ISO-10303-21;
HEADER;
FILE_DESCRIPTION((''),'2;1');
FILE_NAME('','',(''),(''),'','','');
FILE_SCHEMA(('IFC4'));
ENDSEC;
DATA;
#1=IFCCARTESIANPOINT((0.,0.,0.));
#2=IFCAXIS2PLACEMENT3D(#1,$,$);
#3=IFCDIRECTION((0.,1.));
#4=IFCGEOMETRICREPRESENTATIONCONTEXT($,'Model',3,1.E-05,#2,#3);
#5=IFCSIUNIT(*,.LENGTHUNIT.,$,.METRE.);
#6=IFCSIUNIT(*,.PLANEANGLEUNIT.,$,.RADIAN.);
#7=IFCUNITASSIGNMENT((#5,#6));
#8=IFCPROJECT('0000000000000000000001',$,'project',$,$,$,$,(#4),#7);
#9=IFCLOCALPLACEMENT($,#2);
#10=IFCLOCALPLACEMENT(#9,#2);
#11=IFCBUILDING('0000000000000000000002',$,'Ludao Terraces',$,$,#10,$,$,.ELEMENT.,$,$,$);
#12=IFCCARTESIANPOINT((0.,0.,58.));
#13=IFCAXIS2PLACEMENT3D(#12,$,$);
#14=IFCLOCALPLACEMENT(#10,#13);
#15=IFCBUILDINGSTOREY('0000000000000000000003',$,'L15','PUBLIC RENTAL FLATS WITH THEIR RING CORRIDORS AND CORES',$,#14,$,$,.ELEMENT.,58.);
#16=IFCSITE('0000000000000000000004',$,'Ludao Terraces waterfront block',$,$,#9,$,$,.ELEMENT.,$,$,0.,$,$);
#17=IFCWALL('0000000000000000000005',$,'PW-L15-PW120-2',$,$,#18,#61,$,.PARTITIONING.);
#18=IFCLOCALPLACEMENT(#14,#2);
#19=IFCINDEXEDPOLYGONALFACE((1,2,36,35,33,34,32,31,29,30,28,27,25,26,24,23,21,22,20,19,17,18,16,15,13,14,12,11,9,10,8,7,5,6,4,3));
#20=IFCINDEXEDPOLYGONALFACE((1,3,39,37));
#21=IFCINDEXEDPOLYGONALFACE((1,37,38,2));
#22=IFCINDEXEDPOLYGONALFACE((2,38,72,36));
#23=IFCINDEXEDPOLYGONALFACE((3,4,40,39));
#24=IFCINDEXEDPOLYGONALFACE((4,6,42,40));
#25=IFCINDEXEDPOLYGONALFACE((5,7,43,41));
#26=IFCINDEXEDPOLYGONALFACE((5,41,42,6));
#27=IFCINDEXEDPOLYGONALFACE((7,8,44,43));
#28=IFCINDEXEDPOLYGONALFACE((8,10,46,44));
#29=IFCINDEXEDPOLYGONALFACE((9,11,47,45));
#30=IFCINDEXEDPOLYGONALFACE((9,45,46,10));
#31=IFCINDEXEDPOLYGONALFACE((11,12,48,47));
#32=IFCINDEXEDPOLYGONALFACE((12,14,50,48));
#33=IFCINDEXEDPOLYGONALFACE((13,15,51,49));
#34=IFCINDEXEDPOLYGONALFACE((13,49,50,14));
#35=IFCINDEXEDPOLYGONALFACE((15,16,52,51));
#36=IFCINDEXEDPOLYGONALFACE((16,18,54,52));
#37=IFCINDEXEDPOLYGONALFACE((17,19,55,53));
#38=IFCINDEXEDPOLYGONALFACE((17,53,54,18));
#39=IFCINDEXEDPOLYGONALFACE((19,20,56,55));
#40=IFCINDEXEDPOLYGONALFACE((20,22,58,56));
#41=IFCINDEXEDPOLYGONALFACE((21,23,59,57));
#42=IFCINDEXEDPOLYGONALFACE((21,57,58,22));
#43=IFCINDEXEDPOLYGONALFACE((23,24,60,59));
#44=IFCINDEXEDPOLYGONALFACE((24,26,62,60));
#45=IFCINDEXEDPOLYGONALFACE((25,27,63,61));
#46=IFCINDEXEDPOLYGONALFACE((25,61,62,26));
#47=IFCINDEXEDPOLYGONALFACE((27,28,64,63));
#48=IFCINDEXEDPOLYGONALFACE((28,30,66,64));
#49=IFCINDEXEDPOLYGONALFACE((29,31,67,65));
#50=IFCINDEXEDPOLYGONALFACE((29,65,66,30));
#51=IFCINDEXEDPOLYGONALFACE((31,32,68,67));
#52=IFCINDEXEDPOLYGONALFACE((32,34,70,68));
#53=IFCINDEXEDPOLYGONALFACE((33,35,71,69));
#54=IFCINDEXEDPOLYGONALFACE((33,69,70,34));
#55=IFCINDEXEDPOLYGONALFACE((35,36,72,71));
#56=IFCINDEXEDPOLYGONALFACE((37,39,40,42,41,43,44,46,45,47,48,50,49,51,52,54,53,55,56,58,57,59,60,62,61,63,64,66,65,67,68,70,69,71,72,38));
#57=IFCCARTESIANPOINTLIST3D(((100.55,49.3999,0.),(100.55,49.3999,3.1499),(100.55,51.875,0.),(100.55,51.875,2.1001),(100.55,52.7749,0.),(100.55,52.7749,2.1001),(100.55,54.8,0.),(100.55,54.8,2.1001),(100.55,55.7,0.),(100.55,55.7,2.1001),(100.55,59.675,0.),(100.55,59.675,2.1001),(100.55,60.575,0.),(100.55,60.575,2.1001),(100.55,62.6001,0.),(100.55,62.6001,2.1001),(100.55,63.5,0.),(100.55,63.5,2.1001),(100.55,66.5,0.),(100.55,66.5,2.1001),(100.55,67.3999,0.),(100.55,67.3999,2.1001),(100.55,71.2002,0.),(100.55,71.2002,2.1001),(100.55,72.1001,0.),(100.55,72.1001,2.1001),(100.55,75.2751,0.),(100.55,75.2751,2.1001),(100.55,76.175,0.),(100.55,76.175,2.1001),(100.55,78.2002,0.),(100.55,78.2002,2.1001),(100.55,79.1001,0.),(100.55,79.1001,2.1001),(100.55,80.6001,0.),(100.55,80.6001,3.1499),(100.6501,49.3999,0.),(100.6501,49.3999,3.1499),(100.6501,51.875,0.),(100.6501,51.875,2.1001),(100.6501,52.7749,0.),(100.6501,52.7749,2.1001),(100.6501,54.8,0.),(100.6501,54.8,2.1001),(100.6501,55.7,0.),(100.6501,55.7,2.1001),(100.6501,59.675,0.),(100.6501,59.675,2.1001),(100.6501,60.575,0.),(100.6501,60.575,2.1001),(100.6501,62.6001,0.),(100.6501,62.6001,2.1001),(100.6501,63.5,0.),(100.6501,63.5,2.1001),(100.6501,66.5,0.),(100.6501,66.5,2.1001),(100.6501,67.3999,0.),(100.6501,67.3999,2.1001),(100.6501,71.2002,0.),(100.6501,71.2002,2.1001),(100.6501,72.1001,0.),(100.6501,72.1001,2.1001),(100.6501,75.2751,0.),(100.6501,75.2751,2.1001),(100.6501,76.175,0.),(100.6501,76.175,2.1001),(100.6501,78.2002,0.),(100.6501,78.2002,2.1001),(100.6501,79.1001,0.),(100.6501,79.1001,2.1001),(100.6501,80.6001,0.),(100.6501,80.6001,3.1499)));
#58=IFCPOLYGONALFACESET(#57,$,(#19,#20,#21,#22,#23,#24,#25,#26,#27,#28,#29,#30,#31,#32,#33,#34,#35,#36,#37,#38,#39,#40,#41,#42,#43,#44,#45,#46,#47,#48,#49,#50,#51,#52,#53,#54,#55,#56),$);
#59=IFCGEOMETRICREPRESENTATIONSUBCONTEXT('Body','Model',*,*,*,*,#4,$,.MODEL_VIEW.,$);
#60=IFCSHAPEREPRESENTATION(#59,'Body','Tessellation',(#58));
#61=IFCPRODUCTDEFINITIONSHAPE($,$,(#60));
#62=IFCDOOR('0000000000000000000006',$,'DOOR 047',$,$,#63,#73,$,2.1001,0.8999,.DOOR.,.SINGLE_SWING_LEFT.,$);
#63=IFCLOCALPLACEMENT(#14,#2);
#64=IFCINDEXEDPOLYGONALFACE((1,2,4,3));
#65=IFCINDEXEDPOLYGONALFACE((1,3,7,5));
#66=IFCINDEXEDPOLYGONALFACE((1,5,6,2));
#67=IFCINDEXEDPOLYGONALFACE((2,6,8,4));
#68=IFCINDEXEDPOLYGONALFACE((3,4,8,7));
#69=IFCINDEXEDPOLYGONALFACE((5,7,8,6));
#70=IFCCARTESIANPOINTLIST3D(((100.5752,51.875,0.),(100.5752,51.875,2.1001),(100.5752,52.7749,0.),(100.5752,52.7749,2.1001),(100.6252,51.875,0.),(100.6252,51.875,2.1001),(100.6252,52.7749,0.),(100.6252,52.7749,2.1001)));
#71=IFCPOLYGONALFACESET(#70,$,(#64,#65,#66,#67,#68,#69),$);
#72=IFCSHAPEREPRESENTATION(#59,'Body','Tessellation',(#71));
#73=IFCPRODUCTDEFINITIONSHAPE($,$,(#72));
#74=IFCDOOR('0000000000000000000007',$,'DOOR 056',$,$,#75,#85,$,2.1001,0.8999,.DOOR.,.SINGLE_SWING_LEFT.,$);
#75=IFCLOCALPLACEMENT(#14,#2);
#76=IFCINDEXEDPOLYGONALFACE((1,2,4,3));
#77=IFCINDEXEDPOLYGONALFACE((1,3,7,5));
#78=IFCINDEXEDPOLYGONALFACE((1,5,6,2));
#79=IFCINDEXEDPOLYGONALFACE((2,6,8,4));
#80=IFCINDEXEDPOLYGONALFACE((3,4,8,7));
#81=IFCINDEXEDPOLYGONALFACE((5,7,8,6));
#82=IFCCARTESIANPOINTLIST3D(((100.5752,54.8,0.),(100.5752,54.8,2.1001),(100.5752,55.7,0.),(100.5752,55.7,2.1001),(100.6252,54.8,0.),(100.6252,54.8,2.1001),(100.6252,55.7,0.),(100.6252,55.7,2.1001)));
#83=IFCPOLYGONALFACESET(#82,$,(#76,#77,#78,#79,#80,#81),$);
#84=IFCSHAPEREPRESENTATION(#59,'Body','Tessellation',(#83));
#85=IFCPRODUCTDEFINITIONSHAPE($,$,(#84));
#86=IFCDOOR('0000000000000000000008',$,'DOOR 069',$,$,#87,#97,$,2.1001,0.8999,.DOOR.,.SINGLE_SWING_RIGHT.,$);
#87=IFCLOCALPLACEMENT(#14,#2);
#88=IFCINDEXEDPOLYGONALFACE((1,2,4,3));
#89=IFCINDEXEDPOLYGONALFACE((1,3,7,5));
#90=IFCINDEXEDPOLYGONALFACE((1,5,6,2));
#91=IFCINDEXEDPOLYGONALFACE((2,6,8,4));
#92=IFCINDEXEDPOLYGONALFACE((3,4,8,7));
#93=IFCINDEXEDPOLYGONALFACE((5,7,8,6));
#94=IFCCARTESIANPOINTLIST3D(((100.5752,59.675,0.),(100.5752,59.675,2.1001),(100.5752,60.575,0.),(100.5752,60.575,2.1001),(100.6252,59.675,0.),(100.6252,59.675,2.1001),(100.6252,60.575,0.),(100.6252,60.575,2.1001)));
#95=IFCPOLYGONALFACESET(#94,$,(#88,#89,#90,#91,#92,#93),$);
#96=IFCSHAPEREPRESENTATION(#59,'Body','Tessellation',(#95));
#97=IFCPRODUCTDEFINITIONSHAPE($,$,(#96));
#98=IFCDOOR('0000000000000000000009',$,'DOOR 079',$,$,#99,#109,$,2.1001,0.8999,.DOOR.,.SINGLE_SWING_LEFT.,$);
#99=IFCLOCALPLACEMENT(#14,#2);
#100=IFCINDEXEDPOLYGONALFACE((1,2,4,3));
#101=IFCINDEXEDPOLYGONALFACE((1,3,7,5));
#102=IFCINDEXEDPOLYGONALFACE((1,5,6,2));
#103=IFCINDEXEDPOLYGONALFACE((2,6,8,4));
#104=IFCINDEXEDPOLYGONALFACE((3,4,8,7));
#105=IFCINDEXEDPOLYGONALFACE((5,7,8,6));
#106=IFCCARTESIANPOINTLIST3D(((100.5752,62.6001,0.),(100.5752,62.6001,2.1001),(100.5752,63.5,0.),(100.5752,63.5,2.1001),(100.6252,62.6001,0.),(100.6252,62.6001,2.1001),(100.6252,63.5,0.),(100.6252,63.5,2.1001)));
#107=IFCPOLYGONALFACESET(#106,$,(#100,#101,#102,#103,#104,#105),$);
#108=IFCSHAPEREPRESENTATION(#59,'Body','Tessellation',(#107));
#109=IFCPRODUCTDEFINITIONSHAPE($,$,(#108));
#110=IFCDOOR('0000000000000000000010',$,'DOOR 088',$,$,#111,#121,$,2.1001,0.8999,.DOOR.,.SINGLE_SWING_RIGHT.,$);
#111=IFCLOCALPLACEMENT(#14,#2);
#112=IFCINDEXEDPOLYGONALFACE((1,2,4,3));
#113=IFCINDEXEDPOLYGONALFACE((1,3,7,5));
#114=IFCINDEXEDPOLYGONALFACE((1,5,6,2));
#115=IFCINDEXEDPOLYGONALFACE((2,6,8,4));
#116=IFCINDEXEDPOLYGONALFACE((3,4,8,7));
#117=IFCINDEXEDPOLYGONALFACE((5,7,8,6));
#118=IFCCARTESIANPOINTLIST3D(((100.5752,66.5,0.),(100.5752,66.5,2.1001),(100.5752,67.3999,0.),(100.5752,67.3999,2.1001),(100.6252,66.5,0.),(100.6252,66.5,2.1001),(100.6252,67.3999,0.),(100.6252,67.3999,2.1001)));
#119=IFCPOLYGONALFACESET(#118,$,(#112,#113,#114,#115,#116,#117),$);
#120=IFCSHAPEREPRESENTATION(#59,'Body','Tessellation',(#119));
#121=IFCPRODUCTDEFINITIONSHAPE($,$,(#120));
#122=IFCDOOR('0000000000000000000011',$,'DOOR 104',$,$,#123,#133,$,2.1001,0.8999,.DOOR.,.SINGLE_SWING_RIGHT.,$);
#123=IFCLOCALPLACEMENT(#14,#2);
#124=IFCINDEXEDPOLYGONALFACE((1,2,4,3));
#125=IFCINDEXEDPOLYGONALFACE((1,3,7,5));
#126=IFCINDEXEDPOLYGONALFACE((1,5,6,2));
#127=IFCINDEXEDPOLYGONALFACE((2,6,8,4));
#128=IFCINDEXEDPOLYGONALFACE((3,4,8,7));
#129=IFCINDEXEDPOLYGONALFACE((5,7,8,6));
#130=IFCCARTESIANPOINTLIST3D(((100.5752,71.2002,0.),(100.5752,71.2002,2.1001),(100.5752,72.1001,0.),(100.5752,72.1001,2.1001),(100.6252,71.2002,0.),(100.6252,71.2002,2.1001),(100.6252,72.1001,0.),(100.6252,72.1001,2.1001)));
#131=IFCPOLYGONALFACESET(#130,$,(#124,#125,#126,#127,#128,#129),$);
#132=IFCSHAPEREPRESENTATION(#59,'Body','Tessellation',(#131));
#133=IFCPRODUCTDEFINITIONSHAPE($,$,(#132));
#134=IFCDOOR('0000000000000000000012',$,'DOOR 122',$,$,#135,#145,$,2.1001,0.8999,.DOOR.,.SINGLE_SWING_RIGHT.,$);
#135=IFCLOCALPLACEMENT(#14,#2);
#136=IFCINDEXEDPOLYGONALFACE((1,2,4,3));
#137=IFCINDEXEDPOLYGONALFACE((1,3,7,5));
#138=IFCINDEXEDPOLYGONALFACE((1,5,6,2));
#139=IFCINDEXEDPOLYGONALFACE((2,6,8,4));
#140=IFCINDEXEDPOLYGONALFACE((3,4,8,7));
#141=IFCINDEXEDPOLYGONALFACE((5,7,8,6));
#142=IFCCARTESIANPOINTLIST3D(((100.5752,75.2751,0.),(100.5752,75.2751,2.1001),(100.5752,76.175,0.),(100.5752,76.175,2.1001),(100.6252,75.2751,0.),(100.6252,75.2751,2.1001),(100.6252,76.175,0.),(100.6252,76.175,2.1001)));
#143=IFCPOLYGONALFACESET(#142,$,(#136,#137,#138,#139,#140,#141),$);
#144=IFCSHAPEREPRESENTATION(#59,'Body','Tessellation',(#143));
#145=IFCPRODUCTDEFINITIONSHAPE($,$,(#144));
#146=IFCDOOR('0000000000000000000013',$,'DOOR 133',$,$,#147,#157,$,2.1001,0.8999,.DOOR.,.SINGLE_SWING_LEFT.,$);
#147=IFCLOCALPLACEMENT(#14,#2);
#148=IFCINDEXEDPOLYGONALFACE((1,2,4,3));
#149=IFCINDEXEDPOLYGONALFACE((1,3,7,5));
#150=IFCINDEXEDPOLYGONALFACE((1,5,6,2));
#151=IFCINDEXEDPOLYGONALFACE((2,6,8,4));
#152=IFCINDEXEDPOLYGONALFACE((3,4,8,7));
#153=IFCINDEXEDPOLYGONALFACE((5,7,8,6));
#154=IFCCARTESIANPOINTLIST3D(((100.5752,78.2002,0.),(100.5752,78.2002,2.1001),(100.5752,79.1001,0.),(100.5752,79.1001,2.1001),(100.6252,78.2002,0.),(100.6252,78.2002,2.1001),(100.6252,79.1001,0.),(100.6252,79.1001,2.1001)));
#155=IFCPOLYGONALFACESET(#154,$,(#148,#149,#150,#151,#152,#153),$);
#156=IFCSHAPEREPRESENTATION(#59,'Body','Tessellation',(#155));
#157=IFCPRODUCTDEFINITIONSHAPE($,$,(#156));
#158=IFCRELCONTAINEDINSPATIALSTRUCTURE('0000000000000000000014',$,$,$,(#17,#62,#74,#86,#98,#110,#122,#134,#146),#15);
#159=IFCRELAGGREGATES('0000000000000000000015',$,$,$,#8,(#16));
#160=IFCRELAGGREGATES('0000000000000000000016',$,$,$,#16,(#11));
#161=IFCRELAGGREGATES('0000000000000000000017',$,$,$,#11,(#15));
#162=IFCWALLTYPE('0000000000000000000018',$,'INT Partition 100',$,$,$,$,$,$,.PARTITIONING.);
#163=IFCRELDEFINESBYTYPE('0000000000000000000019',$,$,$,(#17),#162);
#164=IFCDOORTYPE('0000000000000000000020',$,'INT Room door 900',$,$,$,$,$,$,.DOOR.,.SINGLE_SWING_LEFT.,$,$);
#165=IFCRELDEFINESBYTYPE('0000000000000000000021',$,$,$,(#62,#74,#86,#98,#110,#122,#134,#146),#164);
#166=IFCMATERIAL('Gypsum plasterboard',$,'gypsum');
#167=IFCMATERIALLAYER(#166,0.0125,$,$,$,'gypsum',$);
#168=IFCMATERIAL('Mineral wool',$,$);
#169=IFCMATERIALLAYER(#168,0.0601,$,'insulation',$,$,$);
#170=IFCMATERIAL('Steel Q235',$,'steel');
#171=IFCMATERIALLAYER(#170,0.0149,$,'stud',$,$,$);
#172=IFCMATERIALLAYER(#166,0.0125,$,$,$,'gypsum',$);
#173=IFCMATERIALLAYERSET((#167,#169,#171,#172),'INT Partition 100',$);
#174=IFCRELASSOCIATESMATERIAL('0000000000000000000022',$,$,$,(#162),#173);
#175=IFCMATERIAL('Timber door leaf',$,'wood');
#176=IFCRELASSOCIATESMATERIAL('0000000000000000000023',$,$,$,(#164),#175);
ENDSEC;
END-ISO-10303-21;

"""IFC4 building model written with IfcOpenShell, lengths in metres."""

from ifc_helpers import new_model, si_unit, direction, frame, frame_2d, origin, place, context, subcontext, project, spatial, rectangle, extrude, material, layer, layer_set, type_object, element, fill, save


model = new_model("IFC4")

# Units and contexts
model_context = context("Model", 3, precision=1e-05, world=origin(), true_north=direction((0.0, 1.0)))
body_context = subcontext(model_context, "Body", "Model", "MODEL_VIEW")
ifc_project = project(units=[si_unit("LENGTHUNIT", "METRE"), si_unit("PLANEANGLEUNIT", "RADIAN")], contexts=[model_context])

# Site, building, storey
site_placement = place(None, origin())
site = spatial("IfcSite", under=ifc_project, at=site_placement, Name="Ludao Terraces waterfront block", CompositionType="ELEMENT", RefElevation=0.0)
building_placement = place(site_placement, origin())
building = spatial("IfcBuilding", under=site, at=building_placement, Name="Ludao Terraces", CompositionType="ELEMENT")
storey_placement = place(building_placement, frame((0.0, 0.0, 58.0)))
storey = spatial("IfcBuildingStorey", under=building, at=storey_placement, Name="L15", Description="PUBLIC RENTAL FLATS WITH THEIR RING CORRIDORS AND CORES", CompositionType="ELEMENT", Elevation=58.0)

# Wall, openings, doors
ifc_material_1 = material(Name="Gypsum plasterboard", Category="gypsum")
ifc_layer_1 = layer(ifc_material_1, 0.0125, Category="gypsum")
ifc_material_2 = material(Name="Mineral wool")
ifc_layer_2 = layer(ifc_material_2, 0.0601, Name="insulation")
ifc_material_3 = material(Name="Steel Q235", Category="steel")
ifc_layer_3 = layer(ifc_material_3, 0.0149, Name="stud")
ifc_layer_4 = layer(ifc_material_1, 0.0125, Category="gypsum")
ifc_layer_set = layer_set([ifc_layer_1, ifc_layer_2, ifc_layer_3, ifc_layer_4], Name="INT Partition 100")
wall_type = type_object("IfcWallType", Name="INT Partition 100", PredefinedType="PARTITIONING", material=ifc_layer_set)
wall_placement = place(storey_placement, frame((100.6001, 49.3999, 0.0), z_axis=(0.0, 0.0, 1.0), x_axis=(0.0, 1.0, 0.0)))
wall = element("IfcWall", 1, at=wall_placement, inside=storey, type_object=wall_type, Name="PW-L15-PW120-2", PredefinedType="PARTITIONING", context=body_context, shape_type="SweptSolid", body=[
    extrude(rectangle(XDim=31.2002, YDim=0.1001, at=frame_2d((15.6001, 0.0))), origin(), (0.0, 0.0, 1.0), 3.1499),
])
opening_1_placement = place(wall_placement, frame((2.4751, 0.0, 0.0)))
opening_1 = element("IfcOpeningElement", 2, at=opening_1_placement, cuts=wall, PredefinedType="OPENING", context=body_context, shape_type="SweptSolid", body=[
    extrude(rectangle(XDim=0.8999, YDim=2.1001, at=frame_2d((0.45, 1.05))), frame((0.0, 0.0601, 0.0), z_axis=(0.0, -1.0, 0.0), x_axis=(1.0, 0.0, 0.0)), (0.0, 0.0, 1.0), 0.1201),
])
opening_2_placement = place(wall_placement, frame((5.4001, 0.0, 0.0)))
opening_2 = element("IfcOpeningElement", 3, at=opening_2_placement, cuts=wall, PredefinedType="OPENING", context=body_context, shape_type="SweptSolid", body=[
    extrude(rectangle(XDim=0.8999, YDim=2.1001, at=frame_2d((0.45, 1.05))), frame((0.0, 0.0601, 0.0), z_axis=(0.0, -1.0, 0.0), x_axis=(1.0, 0.0, 0.0)), (0.0, 0.0, 1.0), 0.1201),
])
opening_3_placement = place(wall_placement, frame((10.2751, 0.0, 0.0)))
opening_3 = element("IfcOpeningElement", 4, at=opening_3_placement, cuts=wall, PredefinedType="OPENING", context=body_context, shape_type="SweptSolid", body=[
    extrude(rectangle(XDim=0.8999, YDim=2.1001, at=frame_2d((0.45, 1.05))), frame((0.0, 0.0601, 0.0), z_axis=(0.0, -1.0, 0.0), x_axis=(1.0, 0.0, 0.0)), (0.0, 0.0, 1.0), 0.1201),
])
opening_4_placement = place(wall_placement, frame((13.2002, 0.0, 0.0)))
opening_4 = element("IfcOpeningElement", 5, at=opening_4_placement, cuts=wall, PredefinedType="OPENING", context=body_context, shape_type="SweptSolid", body=[
    extrude(rectangle(XDim=0.8999, YDim=2.1001, at=frame_2d((0.45, 1.05))), frame((0.0, 0.0601, 0.0), z_axis=(0.0, -1.0, 0.0), x_axis=(1.0, 0.0, 0.0)), (0.0, 0.0, 1.0), 0.1201),
])
opening_5_placement = place(wall_placement, frame((17.1001, 0.0, 0.0)))
opening_5 = element("IfcOpeningElement", 6, at=opening_5_placement, cuts=wall, PredefinedType="OPENING", context=body_context, shape_type="SweptSolid", body=[
    extrude(rectangle(XDim=0.8999, YDim=2.1001, at=frame_2d((0.45, 1.05))), frame((0.0, 0.0601, 0.0), z_axis=(0.0, -1.0, 0.0), x_axis=(1.0, 0.0, 0.0)), (0.0, 0.0, 1.0), 0.1201),
])
opening_6_placement = place(wall_placement, frame((21.8003, 0.0, 0.0)))
opening_6 = element("IfcOpeningElement", 7, at=opening_6_placement, cuts=wall, PredefinedType="OPENING", context=body_context, shape_type="SweptSolid", body=[
    extrude(rectangle(XDim=0.8999, YDim=2.1001, at=frame_2d((0.45, 1.05))), frame((0.0, 0.0601, 0.0), z_axis=(0.0, -1.0, 0.0), x_axis=(1.0, 0.0, 0.0)), (0.0, 0.0, 1.0), 0.1201),
])
opening_7_placement = place(wall_placement, frame((25.8752, 0.0, 0.0)))
opening_7 = element("IfcOpeningElement", 8, at=opening_7_placement, cuts=wall, PredefinedType="OPENING", context=body_context, shape_type="SweptSolid", body=[
    extrude(rectangle(XDim=0.8999, YDim=2.1001, at=frame_2d((0.45, 1.05))), frame((0.0, 0.0601, 0.0), z_axis=(0.0, -1.0, 0.0), x_axis=(1.0, 0.0, 0.0)), (0.0, 0.0, 1.0), 0.1201),
])
opening_8_placement = place(wall_placement, frame((28.8003, 0.0, 0.0)))
opening_8 = element("IfcOpeningElement", 9, at=opening_8_placement, cuts=wall, PredefinedType="OPENING", context=body_context, shape_type="SweptSolid", body=[
    extrude(rectangle(XDim=0.8999, YDim=2.1001, at=frame_2d((0.45, 1.05))), frame((0.0, 0.0601, 0.0), z_axis=(0.0, -1.0, 0.0), x_axis=(1.0, 0.0, 0.0)), (0.0, 0.0, 1.0), 0.1201),
])
ifc_material_4 = material(Name="Timber door leaf", Category="wood")
door_type = type_object("IfcDoorType", Name="INT Room door 900", OperationType="SINGLE_SWING_LEFT", PredefinedType="DOOR", material=ifc_material_4)
door_1_placement = place(opening_1_placement, origin())
door_1 = element("IfcDoor", 10, at=door_1_placement, inside=storey, type_object=door_type, Name="DOOR 047", OperationType="SINGLE_SWING_LEFT", OverallHeight=2.1001, OverallWidth=0.8999, PredefinedType="DOOR", context=body_context, shape_type="SweptSolid", body=[
    extrude(rectangle(XDim=0.8999, YDim=2.1001, at=frame_2d((0.45, 1.05))), frame((0.0, 0.0249, 0.0), z_axis=(0.0, -1.0, 0.0), x_axis=(1.0, 0.0, 0.0)), (0.0, 0.0, 1.0), 0.05),
])
fill(opening_1, door_1)
door_2_placement = place(opening_2_placement, origin())
door_2 = element("IfcDoor", 11, at=door_2_placement, inside=storey, type_object=door_type, Name="DOOR 056", OperationType="SINGLE_SWING_LEFT", OverallHeight=2.1001, OverallWidth=0.8999, PredefinedType="DOOR", context=body_context, shape_type="SweptSolid", body=[
    extrude(rectangle(XDim=0.8999, YDim=2.1001, at=frame_2d((0.45, 1.05))), frame((0.0, 0.0249, 0.0), z_axis=(0.0, -1.0, 0.0), x_axis=(1.0, 0.0, 0.0)), (0.0, 0.0, 1.0), 0.05),
])
fill(opening_2, door_2)
door_3_placement = place(opening_3_placement, origin())
door_3 = element("IfcDoor", 12, at=door_3_placement, inside=storey, type_object=door_type, Name="DOOR 069", OperationType="SINGLE_SWING_RIGHT", OverallHeight=2.1001, OverallWidth=0.8999, PredefinedType="DOOR", context=body_context, shape_type="SweptSolid", body=[
    extrude(rectangle(XDim=0.8999, YDim=2.1001, at=frame_2d((0.45, 1.05))), frame((0.0, 0.0249, 0.0), z_axis=(0.0, -1.0, 0.0), x_axis=(1.0, 0.0, 0.0)), (0.0, 0.0, 1.0), 0.05),
])
fill(opening_3, door_3)
door_4_placement = place(opening_4_placement, origin())
door_4 = element("IfcDoor", 13, at=door_4_placement, inside=storey, type_object=door_type, Name="DOOR 079", OperationType="SINGLE_SWING_LEFT", OverallHeight=2.1001, OverallWidth=0.8999, PredefinedType="DOOR", context=body_context, shape_type="SweptSolid", body=[
    extrude(rectangle(XDim=0.8999, YDim=2.1001, at=frame_2d((0.45, 1.05))), frame((0.0, 0.0249, 0.0), z_axis=(0.0, -1.0, 0.0), x_axis=(1.0, 0.0, 0.0)), (0.0, 0.0, 1.0), 0.05),
])
fill(opening_4, door_4)
door_5_placement = place(opening_5_placement, origin())
door_5 = element("IfcDoor", 14, at=door_5_placement, inside=storey, type_object=door_type, Name="DOOR 088", OperationType="SINGLE_SWING_RIGHT", OverallHeight=2.1001, OverallWidth=0.8999, PredefinedType="DOOR", context=body_context, shape_type="SweptSolid", body=[
    extrude(rectangle(XDim=0.8999, YDim=2.1001, at=frame_2d((0.45, 1.05))), frame((0.0, 0.0249, 0.0), z_axis=(0.0, -1.0, 0.0), x_axis=(1.0, 0.0, 0.0)), (0.0, 0.0, 1.0), 0.05),
])
fill(opening_5, door_5)
door_6_placement = place(opening_6_placement, origin())
door_6 = element("IfcDoor", 15, at=door_6_placement, inside=storey, type_object=door_type, Name="DOOR 104", OperationType="SINGLE_SWING_RIGHT", OverallHeight=2.1001, OverallWidth=0.8999, PredefinedType="DOOR", context=body_context, shape_type="SweptSolid", body=[
    extrude(rectangle(XDim=0.8999, YDim=2.1001, at=frame_2d((0.45, 1.05))), frame((0.0, 0.0249, 0.0), z_axis=(0.0, -1.0, 0.0), x_axis=(1.0, 0.0, 0.0)), (0.0, 0.0, 1.0), 0.05),
])
fill(opening_6, door_6)
door_7_placement = place(opening_7_placement, origin())
door_7 = element("IfcDoor", 16, at=door_7_placement, inside=storey, type_object=door_type, Name="DOOR 122", OperationType="SINGLE_SWING_RIGHT", OverallHeight=2.1001, OverallWidth=0.8999, PredefinedType="DOOR", context=body_context, shape_type="SweptSolid", body=[
    extrude(rectangle(XDim=0.8999, YDim=2.1001, at=frame_2d((0.45, 1.05))), frame((0.0, 0.0249, 0.0), z_axis=(0.0, -1.0, 0.0), x_axis=(1.0, 0.0, 0.0)), (0.0, 0.0, 1.0), 0.05),
])
fill(opening_7, door_7)
door_8_placement = place(opening_8_placement, origin())
door_8 = element("IfcDoor", 17, at=door_8_placement, inside=storey, type_object=door_type, Name="DOOR 133", OperationType="SINGLE_SWING_LEFT", OverallHeight=2.1001, OverallWidth=0.8999, PredefinedType="DOOR", context=body_context, shape_type="SweptSolid", body=[
    extrude(rectangle(XDim=0.8999, YDim=2.1001, at=frame_2d((0.45, 1.05))), frame((0.0, 0.0249, 0.0), z_axis=(0.0, -1.0, 0.0), x_axis=(1.0, 0.0, 0.0)), (0.0, 0.0, 1.0), 0.05),
])
fill(opening_8, door_8)

save(model, "model.ifc")
